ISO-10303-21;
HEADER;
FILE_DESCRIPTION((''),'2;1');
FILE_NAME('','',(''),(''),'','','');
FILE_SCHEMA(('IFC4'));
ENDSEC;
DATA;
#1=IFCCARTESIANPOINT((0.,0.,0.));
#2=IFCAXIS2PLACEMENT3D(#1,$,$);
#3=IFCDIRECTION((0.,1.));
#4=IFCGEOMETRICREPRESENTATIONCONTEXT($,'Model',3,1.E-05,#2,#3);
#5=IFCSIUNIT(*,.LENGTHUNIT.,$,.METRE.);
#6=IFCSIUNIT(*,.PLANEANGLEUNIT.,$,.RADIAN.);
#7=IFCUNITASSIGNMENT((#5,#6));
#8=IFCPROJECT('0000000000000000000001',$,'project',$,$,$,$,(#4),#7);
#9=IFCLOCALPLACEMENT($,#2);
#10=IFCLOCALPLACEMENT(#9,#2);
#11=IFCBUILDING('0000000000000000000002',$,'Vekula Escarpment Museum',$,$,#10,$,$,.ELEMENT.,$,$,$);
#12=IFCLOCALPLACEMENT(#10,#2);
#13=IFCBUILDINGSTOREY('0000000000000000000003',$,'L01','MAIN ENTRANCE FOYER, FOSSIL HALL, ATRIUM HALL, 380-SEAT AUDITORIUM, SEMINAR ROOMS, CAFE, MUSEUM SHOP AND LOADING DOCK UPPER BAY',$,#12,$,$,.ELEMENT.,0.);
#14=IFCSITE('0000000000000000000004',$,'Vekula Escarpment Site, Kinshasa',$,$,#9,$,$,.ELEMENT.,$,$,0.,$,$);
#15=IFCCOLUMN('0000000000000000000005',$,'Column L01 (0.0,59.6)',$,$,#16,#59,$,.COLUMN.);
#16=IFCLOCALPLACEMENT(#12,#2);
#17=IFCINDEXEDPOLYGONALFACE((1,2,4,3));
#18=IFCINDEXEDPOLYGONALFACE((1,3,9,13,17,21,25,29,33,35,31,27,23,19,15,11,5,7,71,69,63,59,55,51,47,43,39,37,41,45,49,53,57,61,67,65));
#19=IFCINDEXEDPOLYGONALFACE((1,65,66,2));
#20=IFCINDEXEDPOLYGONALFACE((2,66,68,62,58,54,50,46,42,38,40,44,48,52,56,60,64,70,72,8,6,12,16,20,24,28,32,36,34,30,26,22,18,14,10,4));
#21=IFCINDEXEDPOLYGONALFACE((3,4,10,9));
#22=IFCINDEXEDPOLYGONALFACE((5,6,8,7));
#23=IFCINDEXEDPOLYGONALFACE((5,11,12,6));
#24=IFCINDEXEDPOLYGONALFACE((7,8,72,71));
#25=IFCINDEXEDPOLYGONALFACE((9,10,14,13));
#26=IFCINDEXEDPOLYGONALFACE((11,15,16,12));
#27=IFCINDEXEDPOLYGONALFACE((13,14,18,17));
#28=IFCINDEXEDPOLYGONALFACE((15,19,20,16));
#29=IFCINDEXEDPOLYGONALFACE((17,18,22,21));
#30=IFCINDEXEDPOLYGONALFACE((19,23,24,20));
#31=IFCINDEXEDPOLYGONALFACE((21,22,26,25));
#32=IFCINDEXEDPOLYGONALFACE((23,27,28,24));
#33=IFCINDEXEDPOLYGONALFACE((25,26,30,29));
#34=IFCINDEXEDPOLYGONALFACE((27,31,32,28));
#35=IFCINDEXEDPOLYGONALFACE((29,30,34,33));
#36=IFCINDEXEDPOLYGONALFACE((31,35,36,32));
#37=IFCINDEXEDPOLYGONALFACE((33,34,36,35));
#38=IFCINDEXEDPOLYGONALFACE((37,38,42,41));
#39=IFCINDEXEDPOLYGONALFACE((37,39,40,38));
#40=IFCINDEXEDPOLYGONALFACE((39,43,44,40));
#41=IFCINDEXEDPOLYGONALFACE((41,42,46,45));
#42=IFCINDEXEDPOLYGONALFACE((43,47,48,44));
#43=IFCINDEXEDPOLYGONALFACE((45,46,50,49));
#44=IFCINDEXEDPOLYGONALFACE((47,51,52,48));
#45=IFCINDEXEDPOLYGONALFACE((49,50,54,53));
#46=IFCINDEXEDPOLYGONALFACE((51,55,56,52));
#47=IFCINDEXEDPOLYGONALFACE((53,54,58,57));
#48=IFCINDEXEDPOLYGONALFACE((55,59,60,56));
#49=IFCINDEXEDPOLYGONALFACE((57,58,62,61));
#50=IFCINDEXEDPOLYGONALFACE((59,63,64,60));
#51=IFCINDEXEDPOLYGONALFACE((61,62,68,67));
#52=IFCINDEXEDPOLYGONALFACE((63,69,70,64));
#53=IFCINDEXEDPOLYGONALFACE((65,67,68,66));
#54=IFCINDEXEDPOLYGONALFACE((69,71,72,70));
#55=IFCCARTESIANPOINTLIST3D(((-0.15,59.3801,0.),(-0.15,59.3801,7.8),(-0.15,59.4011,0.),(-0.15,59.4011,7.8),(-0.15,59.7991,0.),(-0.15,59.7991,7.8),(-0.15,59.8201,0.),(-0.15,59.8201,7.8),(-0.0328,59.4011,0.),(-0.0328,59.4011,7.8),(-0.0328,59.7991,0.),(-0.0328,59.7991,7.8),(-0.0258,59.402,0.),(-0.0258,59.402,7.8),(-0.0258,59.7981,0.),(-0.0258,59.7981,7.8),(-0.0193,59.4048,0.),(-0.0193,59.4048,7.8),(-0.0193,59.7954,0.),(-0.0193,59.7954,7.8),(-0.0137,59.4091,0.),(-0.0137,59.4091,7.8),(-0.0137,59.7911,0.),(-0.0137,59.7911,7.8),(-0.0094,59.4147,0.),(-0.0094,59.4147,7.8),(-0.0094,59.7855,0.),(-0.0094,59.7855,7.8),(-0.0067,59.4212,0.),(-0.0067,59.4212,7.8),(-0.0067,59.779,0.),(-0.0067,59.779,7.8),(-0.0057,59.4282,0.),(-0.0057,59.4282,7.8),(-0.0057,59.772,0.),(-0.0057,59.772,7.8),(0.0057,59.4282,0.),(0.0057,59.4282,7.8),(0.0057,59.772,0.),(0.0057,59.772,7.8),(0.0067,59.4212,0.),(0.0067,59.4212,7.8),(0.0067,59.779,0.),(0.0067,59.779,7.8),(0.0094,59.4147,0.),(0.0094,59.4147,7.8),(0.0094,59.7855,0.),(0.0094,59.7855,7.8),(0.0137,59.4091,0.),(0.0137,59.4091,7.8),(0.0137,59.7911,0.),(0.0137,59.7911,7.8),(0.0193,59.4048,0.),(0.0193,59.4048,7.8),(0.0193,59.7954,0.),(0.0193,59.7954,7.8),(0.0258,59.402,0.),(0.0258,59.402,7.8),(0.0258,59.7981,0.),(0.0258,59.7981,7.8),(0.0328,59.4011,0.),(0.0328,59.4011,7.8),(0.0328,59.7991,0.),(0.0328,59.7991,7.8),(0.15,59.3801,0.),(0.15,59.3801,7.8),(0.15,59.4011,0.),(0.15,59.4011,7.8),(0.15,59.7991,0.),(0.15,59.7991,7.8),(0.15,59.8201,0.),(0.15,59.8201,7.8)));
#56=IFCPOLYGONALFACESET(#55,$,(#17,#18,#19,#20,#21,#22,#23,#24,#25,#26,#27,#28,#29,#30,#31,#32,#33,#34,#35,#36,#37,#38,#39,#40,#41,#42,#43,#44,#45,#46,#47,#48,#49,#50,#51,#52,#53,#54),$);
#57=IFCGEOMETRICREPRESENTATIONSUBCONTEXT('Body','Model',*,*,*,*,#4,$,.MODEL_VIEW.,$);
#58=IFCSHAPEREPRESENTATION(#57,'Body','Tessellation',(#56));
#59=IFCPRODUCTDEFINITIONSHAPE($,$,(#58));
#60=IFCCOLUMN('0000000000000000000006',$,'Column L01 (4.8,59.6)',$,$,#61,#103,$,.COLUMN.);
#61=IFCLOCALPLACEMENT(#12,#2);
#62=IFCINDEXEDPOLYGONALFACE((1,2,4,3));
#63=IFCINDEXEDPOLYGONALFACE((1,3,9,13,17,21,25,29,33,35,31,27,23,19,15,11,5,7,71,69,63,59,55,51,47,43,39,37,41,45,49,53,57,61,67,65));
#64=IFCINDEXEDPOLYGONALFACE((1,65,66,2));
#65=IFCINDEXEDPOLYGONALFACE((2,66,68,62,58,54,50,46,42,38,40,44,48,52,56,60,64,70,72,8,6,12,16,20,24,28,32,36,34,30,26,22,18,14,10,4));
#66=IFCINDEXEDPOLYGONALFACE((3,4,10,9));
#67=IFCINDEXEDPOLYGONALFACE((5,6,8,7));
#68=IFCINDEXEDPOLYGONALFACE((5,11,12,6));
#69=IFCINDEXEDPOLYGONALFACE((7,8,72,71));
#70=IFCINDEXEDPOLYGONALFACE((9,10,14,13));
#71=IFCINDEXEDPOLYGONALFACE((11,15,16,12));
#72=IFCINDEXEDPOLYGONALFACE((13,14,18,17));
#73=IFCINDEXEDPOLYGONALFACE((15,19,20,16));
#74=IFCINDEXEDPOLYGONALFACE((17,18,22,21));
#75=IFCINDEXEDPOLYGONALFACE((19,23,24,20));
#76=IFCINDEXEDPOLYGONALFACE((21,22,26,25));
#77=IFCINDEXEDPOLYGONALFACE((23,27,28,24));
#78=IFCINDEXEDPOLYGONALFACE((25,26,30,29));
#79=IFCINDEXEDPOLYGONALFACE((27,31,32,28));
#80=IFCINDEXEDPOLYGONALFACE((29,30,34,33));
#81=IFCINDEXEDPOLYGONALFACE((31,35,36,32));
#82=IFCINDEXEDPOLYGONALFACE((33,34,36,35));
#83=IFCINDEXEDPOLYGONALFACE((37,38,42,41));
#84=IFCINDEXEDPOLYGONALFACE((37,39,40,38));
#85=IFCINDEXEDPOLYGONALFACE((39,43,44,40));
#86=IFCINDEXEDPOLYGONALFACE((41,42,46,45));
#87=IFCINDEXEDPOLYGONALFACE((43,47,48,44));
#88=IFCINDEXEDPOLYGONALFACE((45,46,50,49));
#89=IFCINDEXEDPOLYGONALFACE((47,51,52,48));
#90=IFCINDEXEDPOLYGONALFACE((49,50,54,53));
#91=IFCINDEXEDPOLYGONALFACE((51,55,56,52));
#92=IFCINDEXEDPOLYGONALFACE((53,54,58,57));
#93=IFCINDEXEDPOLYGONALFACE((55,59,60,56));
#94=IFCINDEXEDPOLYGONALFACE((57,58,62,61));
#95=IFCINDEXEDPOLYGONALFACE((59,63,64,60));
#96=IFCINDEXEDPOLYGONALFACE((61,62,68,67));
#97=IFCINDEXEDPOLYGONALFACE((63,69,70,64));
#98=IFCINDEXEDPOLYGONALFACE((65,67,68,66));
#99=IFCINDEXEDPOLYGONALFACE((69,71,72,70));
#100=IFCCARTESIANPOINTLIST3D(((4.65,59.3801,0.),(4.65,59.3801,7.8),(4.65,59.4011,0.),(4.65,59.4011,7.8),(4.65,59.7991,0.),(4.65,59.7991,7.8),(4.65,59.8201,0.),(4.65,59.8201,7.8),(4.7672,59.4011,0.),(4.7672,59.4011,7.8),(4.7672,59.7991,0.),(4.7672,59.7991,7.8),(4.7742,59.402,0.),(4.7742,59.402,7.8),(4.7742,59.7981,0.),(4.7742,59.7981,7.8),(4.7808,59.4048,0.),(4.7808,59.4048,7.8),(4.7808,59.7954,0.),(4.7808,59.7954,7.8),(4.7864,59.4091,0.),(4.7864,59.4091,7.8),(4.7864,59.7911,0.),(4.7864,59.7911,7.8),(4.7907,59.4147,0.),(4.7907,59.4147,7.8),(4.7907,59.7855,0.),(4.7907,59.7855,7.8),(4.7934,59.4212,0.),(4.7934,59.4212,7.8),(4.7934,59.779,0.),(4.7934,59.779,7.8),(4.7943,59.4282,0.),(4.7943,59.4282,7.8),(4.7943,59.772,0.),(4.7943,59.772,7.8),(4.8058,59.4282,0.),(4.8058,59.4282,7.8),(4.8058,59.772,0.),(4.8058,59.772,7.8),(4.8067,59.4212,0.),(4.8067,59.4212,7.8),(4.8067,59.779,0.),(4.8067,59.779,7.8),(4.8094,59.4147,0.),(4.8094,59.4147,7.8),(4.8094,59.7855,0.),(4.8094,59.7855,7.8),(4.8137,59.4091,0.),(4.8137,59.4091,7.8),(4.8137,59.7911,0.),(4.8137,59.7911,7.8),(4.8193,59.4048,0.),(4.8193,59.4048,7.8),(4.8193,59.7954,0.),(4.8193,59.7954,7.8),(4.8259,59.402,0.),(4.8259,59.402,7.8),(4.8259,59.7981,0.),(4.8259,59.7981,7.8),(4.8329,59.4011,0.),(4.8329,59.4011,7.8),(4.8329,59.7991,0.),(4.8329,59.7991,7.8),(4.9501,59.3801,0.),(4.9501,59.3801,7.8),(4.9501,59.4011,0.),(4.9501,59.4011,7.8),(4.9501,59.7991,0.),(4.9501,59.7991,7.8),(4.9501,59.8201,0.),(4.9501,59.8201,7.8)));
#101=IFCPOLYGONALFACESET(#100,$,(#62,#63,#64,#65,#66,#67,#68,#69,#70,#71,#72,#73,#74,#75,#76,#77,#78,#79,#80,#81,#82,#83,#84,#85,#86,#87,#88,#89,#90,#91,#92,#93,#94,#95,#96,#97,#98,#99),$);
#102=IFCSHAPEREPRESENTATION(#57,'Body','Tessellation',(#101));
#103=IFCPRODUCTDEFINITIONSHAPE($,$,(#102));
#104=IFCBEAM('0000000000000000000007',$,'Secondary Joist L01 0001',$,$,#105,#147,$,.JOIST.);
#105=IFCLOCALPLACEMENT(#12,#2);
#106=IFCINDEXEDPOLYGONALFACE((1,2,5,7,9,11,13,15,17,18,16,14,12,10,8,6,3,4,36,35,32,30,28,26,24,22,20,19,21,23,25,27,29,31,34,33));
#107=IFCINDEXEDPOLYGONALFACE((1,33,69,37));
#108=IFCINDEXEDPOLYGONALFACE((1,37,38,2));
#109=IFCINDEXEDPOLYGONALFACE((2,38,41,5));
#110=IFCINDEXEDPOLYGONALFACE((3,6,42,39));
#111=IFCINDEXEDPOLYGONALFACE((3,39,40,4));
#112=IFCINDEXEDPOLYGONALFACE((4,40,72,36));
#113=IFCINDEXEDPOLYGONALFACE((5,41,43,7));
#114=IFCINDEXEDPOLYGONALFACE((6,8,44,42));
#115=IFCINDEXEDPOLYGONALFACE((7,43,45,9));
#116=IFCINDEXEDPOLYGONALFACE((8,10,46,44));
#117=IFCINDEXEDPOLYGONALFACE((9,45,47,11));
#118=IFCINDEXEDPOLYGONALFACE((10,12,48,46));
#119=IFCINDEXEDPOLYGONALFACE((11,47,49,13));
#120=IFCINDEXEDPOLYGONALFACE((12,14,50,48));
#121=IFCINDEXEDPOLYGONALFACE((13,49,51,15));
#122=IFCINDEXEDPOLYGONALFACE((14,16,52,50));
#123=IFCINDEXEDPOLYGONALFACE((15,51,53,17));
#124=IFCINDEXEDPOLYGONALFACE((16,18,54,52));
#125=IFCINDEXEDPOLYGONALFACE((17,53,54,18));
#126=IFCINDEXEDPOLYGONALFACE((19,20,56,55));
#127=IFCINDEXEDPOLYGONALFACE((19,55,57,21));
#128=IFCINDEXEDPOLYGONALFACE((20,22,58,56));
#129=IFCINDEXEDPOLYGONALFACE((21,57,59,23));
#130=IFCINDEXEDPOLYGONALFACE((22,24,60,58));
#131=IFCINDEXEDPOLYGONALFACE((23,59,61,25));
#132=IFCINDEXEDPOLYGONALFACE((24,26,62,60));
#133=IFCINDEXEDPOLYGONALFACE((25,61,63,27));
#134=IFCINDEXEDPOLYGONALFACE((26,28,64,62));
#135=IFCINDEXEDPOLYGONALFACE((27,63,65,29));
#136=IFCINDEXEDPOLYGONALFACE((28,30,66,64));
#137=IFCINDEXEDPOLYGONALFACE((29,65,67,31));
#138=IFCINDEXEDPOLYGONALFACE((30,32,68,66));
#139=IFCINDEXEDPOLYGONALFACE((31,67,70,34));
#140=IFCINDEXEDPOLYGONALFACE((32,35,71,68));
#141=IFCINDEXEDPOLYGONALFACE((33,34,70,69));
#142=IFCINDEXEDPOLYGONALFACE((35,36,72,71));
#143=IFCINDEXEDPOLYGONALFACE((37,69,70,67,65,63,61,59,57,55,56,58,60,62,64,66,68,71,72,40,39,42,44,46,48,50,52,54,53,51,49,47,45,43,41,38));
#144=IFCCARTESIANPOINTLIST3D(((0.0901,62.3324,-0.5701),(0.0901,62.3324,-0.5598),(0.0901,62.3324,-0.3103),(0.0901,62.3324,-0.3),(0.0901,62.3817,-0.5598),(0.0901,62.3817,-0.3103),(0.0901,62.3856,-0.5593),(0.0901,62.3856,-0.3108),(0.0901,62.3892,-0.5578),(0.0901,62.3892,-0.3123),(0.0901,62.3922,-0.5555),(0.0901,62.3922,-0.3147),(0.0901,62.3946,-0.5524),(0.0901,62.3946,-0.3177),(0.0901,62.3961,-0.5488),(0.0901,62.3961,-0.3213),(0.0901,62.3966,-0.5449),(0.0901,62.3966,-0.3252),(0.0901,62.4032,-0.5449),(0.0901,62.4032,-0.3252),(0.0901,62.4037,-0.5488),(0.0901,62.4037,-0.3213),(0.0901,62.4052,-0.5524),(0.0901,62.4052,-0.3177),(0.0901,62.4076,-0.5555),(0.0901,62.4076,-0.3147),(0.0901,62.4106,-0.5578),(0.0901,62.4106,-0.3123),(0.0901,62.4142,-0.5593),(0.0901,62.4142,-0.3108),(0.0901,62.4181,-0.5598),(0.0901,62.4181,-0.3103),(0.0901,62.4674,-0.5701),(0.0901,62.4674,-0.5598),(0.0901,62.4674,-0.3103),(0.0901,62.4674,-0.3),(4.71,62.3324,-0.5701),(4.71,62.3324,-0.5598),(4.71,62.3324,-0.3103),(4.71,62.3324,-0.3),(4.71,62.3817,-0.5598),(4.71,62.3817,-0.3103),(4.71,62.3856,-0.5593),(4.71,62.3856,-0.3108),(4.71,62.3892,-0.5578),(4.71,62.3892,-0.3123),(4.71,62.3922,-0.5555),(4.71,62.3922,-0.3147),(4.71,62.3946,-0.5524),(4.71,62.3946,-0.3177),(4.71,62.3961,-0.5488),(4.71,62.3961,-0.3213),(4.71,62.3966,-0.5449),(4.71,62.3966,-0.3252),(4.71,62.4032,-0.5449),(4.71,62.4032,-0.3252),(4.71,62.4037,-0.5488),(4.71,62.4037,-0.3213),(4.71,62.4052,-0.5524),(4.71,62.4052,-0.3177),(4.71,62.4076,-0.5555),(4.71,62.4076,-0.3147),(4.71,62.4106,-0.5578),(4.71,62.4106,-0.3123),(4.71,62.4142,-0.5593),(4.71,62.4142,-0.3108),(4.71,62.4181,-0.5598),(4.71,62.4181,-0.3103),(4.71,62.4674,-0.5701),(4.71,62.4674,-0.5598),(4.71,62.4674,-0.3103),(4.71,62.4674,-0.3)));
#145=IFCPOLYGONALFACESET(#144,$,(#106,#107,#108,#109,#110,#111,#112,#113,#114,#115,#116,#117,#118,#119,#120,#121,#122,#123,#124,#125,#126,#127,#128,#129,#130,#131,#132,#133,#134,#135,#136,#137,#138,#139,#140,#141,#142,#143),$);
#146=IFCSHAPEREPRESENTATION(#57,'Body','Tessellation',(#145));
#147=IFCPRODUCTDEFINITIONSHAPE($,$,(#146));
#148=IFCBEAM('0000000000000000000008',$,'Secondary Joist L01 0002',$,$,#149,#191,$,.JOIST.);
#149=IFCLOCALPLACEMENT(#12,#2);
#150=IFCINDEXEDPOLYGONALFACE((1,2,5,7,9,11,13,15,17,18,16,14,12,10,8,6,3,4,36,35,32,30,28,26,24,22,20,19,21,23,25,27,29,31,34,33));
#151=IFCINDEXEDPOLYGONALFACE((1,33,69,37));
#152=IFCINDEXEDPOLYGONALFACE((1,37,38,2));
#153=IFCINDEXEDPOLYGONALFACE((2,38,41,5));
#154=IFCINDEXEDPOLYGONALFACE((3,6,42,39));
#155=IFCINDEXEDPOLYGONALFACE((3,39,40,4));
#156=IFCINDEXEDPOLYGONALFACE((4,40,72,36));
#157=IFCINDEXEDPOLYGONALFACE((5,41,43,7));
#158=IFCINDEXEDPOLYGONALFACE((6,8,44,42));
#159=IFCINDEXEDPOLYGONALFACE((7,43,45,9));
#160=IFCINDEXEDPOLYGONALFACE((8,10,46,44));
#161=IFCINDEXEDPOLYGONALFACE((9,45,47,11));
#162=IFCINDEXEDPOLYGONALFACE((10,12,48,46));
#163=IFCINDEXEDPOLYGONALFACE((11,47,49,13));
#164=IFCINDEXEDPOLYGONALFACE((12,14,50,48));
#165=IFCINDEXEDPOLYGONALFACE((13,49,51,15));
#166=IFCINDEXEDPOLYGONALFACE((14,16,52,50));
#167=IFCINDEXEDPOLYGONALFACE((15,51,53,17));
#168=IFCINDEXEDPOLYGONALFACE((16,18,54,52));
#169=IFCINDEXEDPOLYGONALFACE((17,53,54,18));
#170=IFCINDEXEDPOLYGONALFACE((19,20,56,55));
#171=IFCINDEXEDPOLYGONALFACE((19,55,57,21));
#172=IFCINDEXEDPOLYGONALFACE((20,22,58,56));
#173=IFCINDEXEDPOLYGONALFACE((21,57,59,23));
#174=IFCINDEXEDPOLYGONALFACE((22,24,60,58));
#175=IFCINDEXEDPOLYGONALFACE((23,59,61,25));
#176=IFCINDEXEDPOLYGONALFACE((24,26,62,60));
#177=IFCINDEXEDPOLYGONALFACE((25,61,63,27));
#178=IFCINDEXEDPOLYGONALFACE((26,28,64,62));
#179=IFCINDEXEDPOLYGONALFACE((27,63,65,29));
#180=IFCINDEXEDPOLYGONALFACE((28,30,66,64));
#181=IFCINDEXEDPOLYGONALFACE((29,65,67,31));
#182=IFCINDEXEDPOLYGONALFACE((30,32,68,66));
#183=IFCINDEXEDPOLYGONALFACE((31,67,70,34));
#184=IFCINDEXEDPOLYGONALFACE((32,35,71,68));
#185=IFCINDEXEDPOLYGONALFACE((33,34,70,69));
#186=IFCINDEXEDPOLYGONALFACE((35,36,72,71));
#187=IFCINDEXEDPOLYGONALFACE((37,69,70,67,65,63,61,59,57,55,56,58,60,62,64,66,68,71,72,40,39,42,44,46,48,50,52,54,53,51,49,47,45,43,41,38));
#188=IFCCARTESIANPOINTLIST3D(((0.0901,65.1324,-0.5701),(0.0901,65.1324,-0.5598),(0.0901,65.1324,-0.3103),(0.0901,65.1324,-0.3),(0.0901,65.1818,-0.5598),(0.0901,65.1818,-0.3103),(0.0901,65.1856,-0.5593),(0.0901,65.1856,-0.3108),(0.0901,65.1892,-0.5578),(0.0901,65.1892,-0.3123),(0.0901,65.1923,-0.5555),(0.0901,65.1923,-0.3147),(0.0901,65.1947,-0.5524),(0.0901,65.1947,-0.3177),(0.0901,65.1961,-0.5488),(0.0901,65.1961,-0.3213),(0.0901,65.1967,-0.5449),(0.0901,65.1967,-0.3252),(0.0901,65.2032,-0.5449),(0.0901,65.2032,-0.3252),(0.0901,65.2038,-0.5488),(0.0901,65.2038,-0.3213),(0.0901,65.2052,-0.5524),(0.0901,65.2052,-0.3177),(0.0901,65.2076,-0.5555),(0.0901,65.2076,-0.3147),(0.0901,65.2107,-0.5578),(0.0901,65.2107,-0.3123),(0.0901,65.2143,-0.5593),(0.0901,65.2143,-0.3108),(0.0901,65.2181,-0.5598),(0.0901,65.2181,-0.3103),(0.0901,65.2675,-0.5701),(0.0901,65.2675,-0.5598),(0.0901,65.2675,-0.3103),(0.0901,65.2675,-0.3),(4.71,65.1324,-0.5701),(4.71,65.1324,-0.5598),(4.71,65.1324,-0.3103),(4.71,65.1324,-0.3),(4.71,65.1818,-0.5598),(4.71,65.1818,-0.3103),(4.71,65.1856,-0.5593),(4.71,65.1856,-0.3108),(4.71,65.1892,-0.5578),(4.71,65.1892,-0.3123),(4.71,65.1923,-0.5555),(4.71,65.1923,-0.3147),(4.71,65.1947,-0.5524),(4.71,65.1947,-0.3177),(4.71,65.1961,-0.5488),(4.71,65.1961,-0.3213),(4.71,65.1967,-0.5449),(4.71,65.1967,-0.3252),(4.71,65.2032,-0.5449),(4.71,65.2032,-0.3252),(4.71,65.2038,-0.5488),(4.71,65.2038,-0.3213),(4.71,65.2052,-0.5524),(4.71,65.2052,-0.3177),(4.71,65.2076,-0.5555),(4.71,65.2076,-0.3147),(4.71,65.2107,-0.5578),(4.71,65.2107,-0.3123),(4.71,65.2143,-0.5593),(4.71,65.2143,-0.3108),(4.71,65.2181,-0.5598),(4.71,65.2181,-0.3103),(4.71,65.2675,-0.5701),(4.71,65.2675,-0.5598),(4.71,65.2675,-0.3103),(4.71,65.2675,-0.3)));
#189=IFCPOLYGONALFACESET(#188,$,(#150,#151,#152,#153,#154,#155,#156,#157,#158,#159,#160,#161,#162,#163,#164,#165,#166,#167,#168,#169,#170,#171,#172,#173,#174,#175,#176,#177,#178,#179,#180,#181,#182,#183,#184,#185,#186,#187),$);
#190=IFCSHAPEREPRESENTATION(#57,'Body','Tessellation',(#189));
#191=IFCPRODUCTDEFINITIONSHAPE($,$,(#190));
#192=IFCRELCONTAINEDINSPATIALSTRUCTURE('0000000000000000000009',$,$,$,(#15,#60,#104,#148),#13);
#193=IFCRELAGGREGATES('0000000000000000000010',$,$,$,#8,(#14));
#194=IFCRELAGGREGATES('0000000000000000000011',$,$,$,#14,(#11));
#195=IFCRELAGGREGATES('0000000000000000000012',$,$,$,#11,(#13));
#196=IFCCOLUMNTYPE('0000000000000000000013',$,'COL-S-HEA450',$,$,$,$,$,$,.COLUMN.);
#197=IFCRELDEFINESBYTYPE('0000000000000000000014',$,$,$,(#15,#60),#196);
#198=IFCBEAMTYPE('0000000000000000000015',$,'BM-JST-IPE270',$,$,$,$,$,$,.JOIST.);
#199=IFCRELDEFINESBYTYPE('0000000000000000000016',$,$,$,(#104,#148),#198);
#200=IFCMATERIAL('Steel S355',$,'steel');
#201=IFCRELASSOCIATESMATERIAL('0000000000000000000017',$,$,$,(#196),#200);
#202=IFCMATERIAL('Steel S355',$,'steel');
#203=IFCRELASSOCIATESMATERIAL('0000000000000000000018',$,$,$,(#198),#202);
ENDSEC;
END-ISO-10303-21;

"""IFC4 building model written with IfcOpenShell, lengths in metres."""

from ifc_helpers import new_model, si_unit, direction, frame, origin, origin_2d, place, context, subcontext, project, spatial, i_section, extrude, material, material_profile, profile_set, type_object, element, save


model = new_model("IFC4")

# Units and contexts
model_context = context("Model", 3, precision=1e-05, world=origin(), true_north=direction((0.0, 1.0)))
body_context = subcontext(model_context, "Body", "Model", "MODEL_VIEW")
ifc_project = project(units=[si_unit("LENGTHUNIT", "METRE"), si_unit("PLANEANGLEUNIT", "RADIAN")], contexts=[model_context])

# Site, building, storey
site_placement = place(None, origin())
site = spatial("IfcSite", under=ifc_project, at=site_placement, Name="Vekula Escarpment Site, Kinshasa", CompositionType="ELEMENT", RefElevation=0.0)
building_placement = place(site_placement, origin())
building = spatial("IfcBuilding", under=site, at=building_placement, Name="Vekula Escarpment Museum", CompositionType="ELEMENT")
storey_placement = place(building_placement, origin())
storey = spatial("IfcBuildingStorey", under=building, at=storey_placement, Name="L01", Description="MAIN ENTRANCE FOYER, FOSSIL HALL, ATRIUM HALL, 380-SEAT AUDITORIUM, SEMINAR ROOMS, CAFE, MUSEUM SHOP AND LOADING DOCK UPPER BAY", CompositionType="ELEMENT", Elevation=0.0)

# Columns
ifc_material_1 = material(Name="Steel S355", Category="steel")
ifc_material_profile_1 = material_profile(ifc_material_1, i_section(OverallWidth=0.3, OverallDepth=0.4399, WebThickness=0.0115, FlangeThickness=0.021, FilletRadius=0.0271, at=origin_2d()), Name="HEA 450")
ifc_profile_set_1 = profile_set([ifc_material_profile_1], Name="Steel S355")
column_type = type_object("IfcColumnType", Name="COL-S-HEA450", PredefinedType="COLUMN", material=ifc_profile_set_1)
for number, where, z_axis, x_axis, name in (
    (1, (0.0, 59.6001, 0.0), (0.0, 0.0, 1.0), (1.0, 0.0, 0.0), "Column L01 (0.0,59.6)"),
    (2, (4.8, 59.6001, 0.0), (0.0, 0.0, 1.0), (1.0, 0.0, 0.0), "Column L01 (4.8,59.6)"),
):
    element("IfcColumn", number, at=place(storey_placement, frame(where, z_axis=z_axis, x_axis=x_axis)), inside=storey, type_object=column_type, Name=name, PredefinedType="COLUMN", context=body_context, shape_type="SweptSolid", body=[
        extrude(i_section(OverallWidth=0.3, OverallDepth=0.4399, WebThickness=0.0115, FlangeThickness=0.021, FilletRadius=0.0271, at=origin_2d()), origin(), (0.0, 0.0, 1.0), 7.8),
    ])

# Beams
ifc_material_2 = material(Name="Steel S355", Category="steel")
ifc_material_profile_2 = material_profile(ifc_material_2, i_section(OverallWidth=0.135, OverallDepth=0.27, WebThickness=0.0066, FlangeThickness=0.0103, FilletRadius=0.0149, at=origin_2d()), Name="IPE 270")
ifc_profile_set_2 = profile_set([ifc_material_profile_2], Name="Steel S355")
beam_type_1 = type_object("IfcBeamType", Name="BM-JST-IPE270", PredefinedType="JOIST", material=ifc_profile_set_2)
for number, where, z_axis, x_axis, name in (
    (3, (0.0901, 62.3999, -0.4351), (1.0, 0.0, 0.0), (0.0, 1.0, 0.0), "Secondary Joist L01 0001"),
    (4, (0.0901, 65.2, -0.4351), (1.0, 0.0, 0.0), (0.0, 1.0, 0.0), "Secondary Joist L01 0002"),
):
    element("IfcBeam", number, at=place(storey_placement, frame(where, z_axis=z_axis, x_axis=x_axis)), inside=storey, type_object=beam_type_1, Name=name, PredefinedType="JOIST", context=body_context, shape_type="SweptSolid", body=[
        extrude(i_section(OverallWidth=0.135, OverallDepth=0.27, WebThickness=0.0066, FlangeThickness=0.0103, FilletRadius=0.0149, at=origin_2d()), origin(), (0.0, 0.0, 1.0), 4.6199),
    ])

save(model, "model.ifc")
